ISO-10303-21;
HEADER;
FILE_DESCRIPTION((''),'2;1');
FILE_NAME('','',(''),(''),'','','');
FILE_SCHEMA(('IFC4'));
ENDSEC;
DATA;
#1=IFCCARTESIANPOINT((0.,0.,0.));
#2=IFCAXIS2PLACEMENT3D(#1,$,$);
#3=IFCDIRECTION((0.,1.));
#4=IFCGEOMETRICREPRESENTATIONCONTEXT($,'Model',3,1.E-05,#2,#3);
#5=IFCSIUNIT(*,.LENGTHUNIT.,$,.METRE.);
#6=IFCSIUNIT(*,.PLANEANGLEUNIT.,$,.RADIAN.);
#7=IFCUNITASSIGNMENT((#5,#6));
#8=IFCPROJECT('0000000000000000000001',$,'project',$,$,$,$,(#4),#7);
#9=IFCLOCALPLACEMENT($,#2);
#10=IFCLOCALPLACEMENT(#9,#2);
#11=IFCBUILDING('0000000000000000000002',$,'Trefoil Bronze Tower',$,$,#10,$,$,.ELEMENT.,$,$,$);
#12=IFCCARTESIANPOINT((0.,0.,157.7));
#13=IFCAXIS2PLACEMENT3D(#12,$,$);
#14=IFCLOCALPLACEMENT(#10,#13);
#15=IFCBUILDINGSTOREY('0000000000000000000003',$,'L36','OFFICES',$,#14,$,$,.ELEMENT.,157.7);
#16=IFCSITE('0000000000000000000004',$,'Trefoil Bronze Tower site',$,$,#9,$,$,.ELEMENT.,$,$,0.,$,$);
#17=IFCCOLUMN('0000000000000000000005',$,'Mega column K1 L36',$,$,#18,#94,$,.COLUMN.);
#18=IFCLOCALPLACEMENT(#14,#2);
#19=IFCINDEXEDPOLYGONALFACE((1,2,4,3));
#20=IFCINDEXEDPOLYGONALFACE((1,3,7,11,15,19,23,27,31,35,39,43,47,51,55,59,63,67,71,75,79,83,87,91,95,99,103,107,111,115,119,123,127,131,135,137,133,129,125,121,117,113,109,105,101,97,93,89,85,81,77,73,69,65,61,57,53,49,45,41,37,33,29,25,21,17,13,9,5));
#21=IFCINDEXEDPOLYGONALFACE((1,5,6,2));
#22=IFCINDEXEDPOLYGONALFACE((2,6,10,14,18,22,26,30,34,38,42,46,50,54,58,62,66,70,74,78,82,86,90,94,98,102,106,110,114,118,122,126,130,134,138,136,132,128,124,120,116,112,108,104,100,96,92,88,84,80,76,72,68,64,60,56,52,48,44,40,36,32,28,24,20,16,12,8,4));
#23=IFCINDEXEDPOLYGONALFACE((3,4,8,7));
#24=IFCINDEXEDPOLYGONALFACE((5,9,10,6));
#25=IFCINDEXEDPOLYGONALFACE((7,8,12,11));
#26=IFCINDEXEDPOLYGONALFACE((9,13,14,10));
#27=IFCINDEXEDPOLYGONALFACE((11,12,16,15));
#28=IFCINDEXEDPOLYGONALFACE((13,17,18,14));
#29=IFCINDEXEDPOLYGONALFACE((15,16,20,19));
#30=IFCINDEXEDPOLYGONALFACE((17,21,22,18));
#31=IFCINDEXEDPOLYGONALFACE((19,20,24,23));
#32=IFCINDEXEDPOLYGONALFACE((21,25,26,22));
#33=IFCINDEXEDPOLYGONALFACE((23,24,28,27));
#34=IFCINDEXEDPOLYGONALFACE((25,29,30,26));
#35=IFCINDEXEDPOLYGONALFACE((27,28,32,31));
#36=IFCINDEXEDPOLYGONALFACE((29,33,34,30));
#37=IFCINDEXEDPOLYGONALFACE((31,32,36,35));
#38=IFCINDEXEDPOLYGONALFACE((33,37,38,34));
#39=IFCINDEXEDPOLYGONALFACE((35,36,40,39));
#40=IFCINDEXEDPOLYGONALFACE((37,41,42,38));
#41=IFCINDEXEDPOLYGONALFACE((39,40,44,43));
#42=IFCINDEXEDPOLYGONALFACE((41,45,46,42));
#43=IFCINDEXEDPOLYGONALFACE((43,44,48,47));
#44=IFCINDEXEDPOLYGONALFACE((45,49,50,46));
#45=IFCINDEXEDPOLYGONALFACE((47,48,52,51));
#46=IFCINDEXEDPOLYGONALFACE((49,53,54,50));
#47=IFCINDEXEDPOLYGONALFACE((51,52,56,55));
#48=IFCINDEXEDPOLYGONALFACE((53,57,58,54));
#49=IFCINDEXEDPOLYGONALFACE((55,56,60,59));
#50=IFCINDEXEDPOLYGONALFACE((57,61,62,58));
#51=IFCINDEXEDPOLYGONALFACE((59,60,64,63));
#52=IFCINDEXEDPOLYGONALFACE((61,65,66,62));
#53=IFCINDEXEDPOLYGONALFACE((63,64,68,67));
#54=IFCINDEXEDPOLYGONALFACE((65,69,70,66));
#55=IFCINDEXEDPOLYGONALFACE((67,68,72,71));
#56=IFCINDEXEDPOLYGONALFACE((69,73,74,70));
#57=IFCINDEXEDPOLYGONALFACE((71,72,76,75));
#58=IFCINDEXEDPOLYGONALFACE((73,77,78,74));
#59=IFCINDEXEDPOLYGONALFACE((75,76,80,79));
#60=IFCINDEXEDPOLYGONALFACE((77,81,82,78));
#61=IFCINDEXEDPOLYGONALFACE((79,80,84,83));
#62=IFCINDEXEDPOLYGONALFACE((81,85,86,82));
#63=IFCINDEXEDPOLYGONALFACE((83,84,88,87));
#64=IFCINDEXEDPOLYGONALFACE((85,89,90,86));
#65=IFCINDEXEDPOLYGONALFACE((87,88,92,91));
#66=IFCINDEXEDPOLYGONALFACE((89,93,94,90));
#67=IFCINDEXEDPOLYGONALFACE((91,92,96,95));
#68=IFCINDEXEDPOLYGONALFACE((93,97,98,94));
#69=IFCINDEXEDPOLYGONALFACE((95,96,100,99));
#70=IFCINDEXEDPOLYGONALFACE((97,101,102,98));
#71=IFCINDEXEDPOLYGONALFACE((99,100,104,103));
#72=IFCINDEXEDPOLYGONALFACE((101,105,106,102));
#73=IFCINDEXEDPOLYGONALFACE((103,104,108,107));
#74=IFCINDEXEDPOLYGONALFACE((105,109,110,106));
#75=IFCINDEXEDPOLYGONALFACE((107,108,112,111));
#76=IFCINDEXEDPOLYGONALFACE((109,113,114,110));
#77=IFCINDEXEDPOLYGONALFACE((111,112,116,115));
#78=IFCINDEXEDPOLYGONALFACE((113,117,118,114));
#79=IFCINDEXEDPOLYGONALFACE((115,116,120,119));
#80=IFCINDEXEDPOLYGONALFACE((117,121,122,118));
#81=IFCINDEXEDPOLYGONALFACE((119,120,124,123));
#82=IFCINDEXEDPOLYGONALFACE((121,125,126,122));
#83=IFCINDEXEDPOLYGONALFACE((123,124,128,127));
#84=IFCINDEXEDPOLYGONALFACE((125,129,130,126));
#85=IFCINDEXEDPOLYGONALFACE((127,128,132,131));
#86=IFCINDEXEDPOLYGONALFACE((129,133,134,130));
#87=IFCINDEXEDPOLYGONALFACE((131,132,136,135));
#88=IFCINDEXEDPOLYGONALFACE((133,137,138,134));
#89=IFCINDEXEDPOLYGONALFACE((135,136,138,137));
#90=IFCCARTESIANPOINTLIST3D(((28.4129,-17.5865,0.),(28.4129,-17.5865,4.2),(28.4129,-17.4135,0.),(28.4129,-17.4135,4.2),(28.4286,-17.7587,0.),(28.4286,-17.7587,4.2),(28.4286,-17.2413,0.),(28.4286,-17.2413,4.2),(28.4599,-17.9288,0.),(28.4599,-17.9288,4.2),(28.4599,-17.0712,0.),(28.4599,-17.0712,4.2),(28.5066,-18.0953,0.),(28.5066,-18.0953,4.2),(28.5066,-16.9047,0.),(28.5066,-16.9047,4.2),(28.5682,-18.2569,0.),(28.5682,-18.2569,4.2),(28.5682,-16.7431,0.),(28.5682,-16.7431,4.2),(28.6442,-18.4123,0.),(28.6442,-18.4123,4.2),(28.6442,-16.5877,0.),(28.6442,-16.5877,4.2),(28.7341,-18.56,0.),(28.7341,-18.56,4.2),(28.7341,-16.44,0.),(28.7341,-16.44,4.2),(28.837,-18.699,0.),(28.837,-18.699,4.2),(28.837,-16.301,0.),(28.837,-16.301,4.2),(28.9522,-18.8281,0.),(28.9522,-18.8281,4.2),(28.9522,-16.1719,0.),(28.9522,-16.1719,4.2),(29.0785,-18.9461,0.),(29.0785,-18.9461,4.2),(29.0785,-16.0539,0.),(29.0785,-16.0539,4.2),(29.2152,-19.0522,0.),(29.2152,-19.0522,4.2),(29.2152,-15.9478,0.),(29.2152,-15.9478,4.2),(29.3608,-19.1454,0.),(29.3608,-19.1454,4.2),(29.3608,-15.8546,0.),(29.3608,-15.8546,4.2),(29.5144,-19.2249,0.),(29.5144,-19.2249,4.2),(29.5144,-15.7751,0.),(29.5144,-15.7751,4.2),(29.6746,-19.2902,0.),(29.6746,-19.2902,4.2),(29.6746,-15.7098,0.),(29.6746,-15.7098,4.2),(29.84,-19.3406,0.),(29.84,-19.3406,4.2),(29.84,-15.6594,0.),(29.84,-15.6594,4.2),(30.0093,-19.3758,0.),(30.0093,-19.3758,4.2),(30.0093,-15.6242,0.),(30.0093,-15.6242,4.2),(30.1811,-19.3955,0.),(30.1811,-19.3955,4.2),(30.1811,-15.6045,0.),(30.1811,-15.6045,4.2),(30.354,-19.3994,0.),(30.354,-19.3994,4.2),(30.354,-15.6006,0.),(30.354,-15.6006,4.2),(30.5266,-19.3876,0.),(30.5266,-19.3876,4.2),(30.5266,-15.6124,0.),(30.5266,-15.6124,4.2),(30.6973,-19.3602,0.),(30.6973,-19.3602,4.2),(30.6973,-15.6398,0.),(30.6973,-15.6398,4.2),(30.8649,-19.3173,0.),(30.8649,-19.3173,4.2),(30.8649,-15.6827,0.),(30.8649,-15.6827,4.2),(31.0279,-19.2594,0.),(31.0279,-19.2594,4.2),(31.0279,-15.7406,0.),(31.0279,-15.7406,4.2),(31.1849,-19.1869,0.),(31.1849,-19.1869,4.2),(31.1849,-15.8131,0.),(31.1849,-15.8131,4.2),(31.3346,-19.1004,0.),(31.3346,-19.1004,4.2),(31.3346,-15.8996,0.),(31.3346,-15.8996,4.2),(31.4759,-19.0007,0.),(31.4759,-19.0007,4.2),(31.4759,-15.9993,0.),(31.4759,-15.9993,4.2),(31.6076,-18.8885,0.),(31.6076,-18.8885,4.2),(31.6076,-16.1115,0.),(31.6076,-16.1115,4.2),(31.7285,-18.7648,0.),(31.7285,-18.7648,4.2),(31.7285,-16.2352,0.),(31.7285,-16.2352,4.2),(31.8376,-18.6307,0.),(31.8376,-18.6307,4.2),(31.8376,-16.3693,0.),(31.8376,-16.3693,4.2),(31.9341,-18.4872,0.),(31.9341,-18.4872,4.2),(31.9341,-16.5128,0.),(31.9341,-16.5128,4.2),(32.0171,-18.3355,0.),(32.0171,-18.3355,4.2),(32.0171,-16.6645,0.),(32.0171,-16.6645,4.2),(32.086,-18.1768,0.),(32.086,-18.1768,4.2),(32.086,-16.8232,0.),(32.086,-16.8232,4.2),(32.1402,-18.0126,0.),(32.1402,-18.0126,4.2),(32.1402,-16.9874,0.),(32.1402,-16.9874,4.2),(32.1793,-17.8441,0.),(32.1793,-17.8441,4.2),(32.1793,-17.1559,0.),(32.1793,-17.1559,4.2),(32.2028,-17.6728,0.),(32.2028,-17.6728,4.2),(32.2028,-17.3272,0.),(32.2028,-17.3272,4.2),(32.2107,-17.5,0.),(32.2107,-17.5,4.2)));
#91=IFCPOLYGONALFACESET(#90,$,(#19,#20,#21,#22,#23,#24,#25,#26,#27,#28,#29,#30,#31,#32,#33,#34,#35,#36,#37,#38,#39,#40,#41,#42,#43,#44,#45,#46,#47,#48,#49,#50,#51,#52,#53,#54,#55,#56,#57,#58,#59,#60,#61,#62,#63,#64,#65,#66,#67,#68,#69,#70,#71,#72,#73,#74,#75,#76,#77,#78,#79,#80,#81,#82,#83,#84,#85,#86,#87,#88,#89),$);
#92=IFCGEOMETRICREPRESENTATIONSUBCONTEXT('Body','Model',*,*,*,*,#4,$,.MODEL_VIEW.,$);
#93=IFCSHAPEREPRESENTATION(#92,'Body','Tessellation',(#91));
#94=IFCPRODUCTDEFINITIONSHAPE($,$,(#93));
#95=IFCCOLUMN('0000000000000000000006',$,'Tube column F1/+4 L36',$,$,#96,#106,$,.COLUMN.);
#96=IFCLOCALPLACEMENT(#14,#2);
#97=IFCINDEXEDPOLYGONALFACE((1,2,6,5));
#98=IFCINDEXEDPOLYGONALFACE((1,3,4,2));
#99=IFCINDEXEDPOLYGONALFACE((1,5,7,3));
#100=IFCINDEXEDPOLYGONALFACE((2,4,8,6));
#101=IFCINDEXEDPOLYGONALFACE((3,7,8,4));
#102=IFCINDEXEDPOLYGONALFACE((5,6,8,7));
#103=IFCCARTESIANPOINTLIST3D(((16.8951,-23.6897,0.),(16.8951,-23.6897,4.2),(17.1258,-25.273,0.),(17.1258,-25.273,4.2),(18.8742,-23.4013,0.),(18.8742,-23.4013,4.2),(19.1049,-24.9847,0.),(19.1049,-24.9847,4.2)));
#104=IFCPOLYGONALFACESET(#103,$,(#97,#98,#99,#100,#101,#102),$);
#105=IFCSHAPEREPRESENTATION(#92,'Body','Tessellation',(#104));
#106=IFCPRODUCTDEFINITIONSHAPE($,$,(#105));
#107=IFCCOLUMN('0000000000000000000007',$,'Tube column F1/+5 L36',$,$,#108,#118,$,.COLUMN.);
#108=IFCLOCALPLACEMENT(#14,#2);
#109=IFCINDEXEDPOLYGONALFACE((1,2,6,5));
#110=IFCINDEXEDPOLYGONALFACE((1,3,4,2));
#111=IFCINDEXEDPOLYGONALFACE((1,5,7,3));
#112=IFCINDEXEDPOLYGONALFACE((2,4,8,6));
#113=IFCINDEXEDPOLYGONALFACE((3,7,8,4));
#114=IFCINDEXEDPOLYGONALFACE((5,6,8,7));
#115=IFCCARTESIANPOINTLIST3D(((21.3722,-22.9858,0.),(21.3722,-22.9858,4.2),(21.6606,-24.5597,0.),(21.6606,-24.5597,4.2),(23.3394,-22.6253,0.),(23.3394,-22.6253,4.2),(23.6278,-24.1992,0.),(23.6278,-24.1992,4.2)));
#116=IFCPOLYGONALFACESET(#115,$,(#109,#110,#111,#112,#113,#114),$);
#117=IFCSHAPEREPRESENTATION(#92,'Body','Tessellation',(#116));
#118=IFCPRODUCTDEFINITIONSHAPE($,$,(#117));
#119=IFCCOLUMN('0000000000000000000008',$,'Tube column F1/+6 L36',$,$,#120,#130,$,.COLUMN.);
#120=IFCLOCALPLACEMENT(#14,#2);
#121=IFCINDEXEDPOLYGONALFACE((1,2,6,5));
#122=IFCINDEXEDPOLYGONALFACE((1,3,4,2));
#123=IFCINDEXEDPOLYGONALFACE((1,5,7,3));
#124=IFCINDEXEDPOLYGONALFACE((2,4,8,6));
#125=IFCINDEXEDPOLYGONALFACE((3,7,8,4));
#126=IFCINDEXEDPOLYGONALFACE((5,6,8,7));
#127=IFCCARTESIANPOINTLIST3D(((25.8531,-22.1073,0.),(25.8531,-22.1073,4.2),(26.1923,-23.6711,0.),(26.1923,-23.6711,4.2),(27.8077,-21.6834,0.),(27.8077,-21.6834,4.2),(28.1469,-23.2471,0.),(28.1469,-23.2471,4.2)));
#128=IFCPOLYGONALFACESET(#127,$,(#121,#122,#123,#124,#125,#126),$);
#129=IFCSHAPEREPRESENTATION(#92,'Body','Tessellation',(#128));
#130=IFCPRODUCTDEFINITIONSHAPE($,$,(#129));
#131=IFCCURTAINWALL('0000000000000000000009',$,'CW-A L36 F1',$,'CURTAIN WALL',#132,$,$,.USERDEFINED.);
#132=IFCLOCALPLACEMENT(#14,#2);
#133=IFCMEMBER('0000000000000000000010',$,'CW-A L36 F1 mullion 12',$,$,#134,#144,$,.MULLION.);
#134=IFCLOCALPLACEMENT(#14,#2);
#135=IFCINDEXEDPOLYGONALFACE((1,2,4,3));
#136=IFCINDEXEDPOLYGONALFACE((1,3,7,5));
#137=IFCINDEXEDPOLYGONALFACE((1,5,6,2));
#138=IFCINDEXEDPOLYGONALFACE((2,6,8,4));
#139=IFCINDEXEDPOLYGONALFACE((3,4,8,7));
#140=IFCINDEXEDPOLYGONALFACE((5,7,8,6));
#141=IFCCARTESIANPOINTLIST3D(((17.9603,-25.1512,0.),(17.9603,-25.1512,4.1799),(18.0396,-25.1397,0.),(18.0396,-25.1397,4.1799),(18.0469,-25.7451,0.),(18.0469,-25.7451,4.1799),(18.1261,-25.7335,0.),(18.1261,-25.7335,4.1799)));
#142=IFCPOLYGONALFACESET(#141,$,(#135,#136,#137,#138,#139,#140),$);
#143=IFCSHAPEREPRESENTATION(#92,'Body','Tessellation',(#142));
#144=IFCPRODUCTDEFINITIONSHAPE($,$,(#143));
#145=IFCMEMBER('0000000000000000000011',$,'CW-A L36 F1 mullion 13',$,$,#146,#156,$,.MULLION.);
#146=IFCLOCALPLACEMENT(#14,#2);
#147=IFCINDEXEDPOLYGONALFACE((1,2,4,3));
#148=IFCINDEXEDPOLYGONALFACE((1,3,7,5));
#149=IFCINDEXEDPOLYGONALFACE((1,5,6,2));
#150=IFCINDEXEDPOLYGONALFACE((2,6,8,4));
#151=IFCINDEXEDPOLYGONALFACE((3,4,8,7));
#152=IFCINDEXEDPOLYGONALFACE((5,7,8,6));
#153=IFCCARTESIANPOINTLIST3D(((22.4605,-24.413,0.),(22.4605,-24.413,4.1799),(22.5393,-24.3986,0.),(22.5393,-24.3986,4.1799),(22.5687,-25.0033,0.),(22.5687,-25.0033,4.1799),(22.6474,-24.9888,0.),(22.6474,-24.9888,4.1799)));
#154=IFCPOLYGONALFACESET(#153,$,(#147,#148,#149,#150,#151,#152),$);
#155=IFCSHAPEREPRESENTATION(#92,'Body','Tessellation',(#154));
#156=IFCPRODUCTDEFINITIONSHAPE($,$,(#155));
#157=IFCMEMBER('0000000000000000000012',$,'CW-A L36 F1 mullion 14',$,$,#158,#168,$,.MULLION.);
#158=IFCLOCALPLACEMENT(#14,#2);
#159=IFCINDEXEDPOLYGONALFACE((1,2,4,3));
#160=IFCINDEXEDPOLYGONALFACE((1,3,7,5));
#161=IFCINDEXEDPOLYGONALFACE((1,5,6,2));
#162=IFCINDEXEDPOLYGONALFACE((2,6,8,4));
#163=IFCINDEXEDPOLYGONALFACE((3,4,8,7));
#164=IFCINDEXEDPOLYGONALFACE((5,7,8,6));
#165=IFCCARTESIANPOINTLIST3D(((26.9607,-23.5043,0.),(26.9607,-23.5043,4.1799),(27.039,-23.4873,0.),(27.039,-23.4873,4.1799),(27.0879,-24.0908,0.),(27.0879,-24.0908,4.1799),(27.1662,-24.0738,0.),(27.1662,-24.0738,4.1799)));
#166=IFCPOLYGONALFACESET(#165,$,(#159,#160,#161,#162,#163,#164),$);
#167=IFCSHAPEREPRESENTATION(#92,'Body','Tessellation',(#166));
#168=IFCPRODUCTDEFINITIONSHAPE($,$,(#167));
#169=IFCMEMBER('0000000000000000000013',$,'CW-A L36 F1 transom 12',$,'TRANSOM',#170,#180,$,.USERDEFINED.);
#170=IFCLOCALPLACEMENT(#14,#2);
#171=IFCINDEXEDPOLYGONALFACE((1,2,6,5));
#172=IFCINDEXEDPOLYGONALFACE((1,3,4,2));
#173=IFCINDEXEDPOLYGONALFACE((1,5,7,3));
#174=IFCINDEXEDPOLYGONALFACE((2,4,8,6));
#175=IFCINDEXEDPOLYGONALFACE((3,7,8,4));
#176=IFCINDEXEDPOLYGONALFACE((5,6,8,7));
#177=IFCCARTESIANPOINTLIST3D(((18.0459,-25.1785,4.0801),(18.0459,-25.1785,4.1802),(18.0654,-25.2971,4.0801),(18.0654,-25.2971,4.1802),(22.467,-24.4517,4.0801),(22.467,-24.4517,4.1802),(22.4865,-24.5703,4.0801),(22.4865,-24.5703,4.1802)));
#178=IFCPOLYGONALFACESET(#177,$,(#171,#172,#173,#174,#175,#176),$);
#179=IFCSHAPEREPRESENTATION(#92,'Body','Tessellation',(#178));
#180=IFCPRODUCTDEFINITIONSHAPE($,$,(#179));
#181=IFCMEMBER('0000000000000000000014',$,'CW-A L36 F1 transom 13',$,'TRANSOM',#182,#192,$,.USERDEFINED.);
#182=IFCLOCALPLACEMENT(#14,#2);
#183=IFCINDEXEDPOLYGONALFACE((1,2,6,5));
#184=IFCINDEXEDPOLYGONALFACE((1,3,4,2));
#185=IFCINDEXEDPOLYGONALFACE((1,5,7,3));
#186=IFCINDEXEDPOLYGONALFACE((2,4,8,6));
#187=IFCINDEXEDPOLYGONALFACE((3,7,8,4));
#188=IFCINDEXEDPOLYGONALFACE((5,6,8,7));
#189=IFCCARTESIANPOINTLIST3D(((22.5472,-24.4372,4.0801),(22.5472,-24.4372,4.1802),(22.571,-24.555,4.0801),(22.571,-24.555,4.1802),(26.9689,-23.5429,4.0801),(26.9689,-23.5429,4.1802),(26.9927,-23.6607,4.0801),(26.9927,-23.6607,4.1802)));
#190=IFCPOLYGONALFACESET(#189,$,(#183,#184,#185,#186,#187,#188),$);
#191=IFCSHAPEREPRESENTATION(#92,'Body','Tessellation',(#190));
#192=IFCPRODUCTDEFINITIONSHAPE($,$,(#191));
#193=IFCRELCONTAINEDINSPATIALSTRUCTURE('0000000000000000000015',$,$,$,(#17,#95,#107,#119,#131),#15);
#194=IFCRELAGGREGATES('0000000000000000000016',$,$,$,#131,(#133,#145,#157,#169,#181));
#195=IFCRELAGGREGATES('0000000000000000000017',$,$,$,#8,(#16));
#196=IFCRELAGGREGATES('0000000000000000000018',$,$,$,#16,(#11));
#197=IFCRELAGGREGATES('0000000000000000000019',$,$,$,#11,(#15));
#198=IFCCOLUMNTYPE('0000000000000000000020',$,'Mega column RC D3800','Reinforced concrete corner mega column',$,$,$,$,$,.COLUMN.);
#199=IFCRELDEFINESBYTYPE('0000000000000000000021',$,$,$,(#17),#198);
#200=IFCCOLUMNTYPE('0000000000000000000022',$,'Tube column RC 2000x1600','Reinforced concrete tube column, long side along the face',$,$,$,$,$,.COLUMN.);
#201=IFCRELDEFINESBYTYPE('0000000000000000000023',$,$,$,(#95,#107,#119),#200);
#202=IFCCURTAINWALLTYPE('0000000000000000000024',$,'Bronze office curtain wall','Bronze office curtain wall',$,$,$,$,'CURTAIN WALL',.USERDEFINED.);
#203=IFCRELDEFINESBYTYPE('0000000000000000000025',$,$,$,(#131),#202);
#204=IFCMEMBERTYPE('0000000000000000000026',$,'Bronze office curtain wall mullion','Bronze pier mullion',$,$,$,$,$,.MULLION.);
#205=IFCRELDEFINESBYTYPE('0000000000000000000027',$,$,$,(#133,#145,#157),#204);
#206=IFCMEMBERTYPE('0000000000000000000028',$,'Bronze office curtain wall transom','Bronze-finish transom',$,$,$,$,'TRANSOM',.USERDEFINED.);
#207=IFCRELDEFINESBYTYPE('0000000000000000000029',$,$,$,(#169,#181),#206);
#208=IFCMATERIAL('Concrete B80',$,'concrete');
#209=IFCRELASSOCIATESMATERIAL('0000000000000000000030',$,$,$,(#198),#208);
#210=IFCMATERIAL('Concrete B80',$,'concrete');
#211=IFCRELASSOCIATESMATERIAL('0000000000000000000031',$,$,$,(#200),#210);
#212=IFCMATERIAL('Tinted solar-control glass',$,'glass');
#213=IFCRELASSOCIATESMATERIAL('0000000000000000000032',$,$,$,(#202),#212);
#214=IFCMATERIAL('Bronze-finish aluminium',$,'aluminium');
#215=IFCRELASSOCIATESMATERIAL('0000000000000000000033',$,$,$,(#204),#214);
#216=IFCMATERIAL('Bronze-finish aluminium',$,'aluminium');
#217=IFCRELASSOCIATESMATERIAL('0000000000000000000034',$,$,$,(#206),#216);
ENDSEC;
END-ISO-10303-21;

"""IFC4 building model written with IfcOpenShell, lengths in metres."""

from ifc_helpers import new_model, si_unit, direction, frame, origin, origin_2d, place, context, subcontext, project, spatial, rectangle, circle, extrude, material, material_profile, profile_set, type_object, element, aggregate, save


model = new_model("IFC4")

# Units and contexts
model_context = context("Model", 3, precision=1e-05, world=origin(), true_north=direction((0.0, 1.0)))
body_context = subcontext(model_context, "Body", "Model", "MODEL_VIEW")
ifc_project = project(units=[si_unit("LENGTHUNIT", "METRE"), si_unit("PLANEANGLEUNIT", "RADIAN")], contexts=[model_context])

# Site, building, storey
site_placement = place(None, origin())
site = spatial("IfcSite", under=ifc_project, at=site_placement, Name="Trefoil Bronze Tower site", CompositionType="ELEMENT", RefElevation=0.0)
building_placement = place(site_placement, origin())
building = spatial("IfcBuilding", under=site, at=building_placement, Name="Trefoil Bronze Tower", CompositionType="ELEMENT")
storey_placement = place(building_placement, frame((0.0, 0.0, 157.7)))
storey = spatial("IfcBuildingStorey", under=building, at=storey_placement, Name="L36", Description="OFFICES", CompositionType="ELEMENT", Elevation=157.7)

# Columns
ifc_material_1 = material(Name="Concrete B80", Category="concrete")
ifc_material_profile_1 = material_profile(ifc_material_1, circle(Radius=1.8999, at=origin_2d()), Name="RC D3800")
ifc_profile_set_1 = profile_set([ifc_material_profile_1], Name="Concrete B80")
column_type_1 = type_object("IfcColumnType", Name="Mega column RC D3800", Description="Reinforced concrete corner mega column", PredefinedType="COLUMN", material=ifc_profile_set_1)
column_placement = place(storey_placement, frame((30.3108, -17.5, 0.0), z_axis=(0.0, 0.0, 1.0), x_axis=(1.0, 0.0, 0.0)))
element("IfcColumn", 1, at=column_placement, inside=storey, type_object=column_type_1, Name="Mega column K1 L36", PredefinedType="COLUMN", context=body_context, shape_type="SweptSolid", body=[
    extrude(circle(Radius=1.8999, at=origin_2d()), origin(), (0.0, 0.0, 1.0), 4.2),
])
ifc_material_2 = material(Name="Concrete B80", Category="concrete")
ifc_material_profile_2 = material_profile(ifc_material_2, rectangle(XDim=2.0, YDim=1.6001, at=origin_2d()), Name="RC 2000x1600")
ifc_profile_set_2 = profile_set([ifc_material_profile_2], Name="Concrete B80")
column_type_2 = type_object("IfcColumnType", Name="Tube column RC 2000x1600", Description="Reinforced concrete tube column, long side along the face", PredefinedType="COLUMN", material=ifc_profile_set_2)
for number, where, z_axis, x_axis, name in (
    (2, (18.0, -24.3372, 0.0), (0.0, 0.0, 1.0), (0.98955, 0.144192, 0.0), "Tube column F1/+4 L36"),
    (3, (22.5, -23.5925, 0.0), (0.0, 0.0, 1.0), (0.983623, 0.180241, 0.0), "Tube column F1/+5 L36"),
    (4, (27.0, -22.6772, 0.0), (0.0, 0.0, 1.0), (0.977276, 0.21197, 0.0), "Tube column F1/+6 L36"),
):
    element("IfcColumn", number, at=place(storey_placement, frame(where, z_axis=z_axis, x_axis=x_axis)), inside=storey, type_object=column_type_2, Name=name, PredefinedType="COLUMN", context=body_context, shape_type="SweptSolid", body=[
        extrude(rectangle(XDim=2.0, YDim=1.6001, at=origin_2d()), origin(), (0.0, 0.0, 1.0), 4.2),
    ])

# Curtain wall, members
ifc_material_3 = material(Name="Tinted solar-control glass", Category="glass")
curtain_wall_type_1 = type_object("IfcCurtainWallType", Name="Bronze office curtain wall", Description="Bronze office curtain wall", ElementType="CURTAIN WALL", PredefinedType="USERDEFINED", material=ifc_material_3)
curtain_wall_1_placement = place(storey_placement, origin())
curtain_wall_1 = element("IfcCurtainWall", 5, at=curtain_wall_1_placement, inside=storey, type_object=curtain_wall_type_1, Name="CW-A L36 F1", ObjectType="CURTAIN WALL", PredefinedType="USERDEFINED")
ifc_material_4 = material(Name="Bronze-finish aluminium", Category="aluminium")
ifc_material_profile_3 = material_profile(ifc_material_4, rectangle(XDim=0.6001, YDim=0.0801, at=origin_2d()), Name="CW-A mullion")
ifc_profile_set_3 = profile_set([ifc_material_profile_3], Name="Bronze-finish aluminium")
member_type_1 = type_object("IfcMemberType", Name="Bronze office curtain wall mullion", Description="Bronze pier mullion", PredefinedType="MULLION", material=ifc_profile_set_3)
member_1_placement = place(storey_placement, frame((18.0432, -25.4424, 0.0), z_axis=(0.0, 0.0, 1.0), x_axis=(-0.144192, 0.98955, 0.0)))
member_1 = element("IfcMember", 6, at=member_1_placement, type_object=member_type_1, Name="CW-A L36 F1 mullion 12", PredefinedType="MULLION", context=body_context, shape_type="SweptSolid", body=[
    extrude(rectangle(XDim=0.6001, YDim=0.0801, at=origin_2d()), origin(), (0.0, 0.0, 1.0), 4.1799),
])
member_2_placement = place(storey_placement, frame((22.554, -24.7009, 0.0), z_axis=(0.0, 0.0, 1.0), x_axis=(-0.180241, 0.983623, 0.0)))
member_2 = element("IfcMember", 7, at=member_2_placement, type_object=member_type_1, Name="CW-A L36 F1 mullion 13", PredefinedType="MULLION", context=body_context, shape_type="SweptSolid", body=[
    extrude(rectangle(XDim=0.6001, YDim=0.0801, at=origin_2d()), origin(), (0.0, 0.0, 1.0), 4.1799),
])
member_3_placement = place(storey_placement, frame((27.0635, -23.7891, 0.0), z_axis=(0.0, 0.0, 1.0), x_axis=(-0.21197, 0.977276, 0.0)))
member_3 = element("IfcMember", 8, at=member_3_placement, type_object=member_type_1, Name="CW-A L36 F1 mullion 14", PredefinedType="MULLION", context=body_context, shape_type="SweptSolid", body=[
    extrude(rectangle(XDim=0.6001, YDim=0.0801, at=origin_2d()), origin(), (0.0, 0.0, 1.0), 4.1799),
])
ifc_material_5 = material(Name="Bronze-finish aluminium", Category="aluminium")
ifc_material_profile_4 = material_profile(ifc_material_5, rectangle(XDim=0.1201, YDim=0.1001, at=origin_2d()), Name="CW-A transom")
ifc_profile_set_4 = profile_set([ifc_material_profile_4], Name="Bronze-finish aluminium")
member_type_2 = type_object("IfcMemberType", Name="Bronze office curtain wall transom", Description="Bronze-finish transom", ElementType="TRANSOM", PredefinedType="USERDEFINED", material=ifc_profile_set_4)
member_4_placement = place(storey_placement, frame((18.0557, -25.2378, 4.1301), z_axis=(0.986755, 0.162216, 0.0), x_axis=(-0.162216, 0.986755, 0.0)))
member_4 = element("IfcMember", 9, at=member_4_placement, type_object=member_type_2, Name="CW-A L36 F1 transom 12", ObjectType="TRANSOM", PredefinedType="USERDEFINED", context=body_context, shape_type="SweptSolid", body=[
    extrude(rectangle(XDim=0.1201, YDim=0.1001, at=origin_2d()), origin(), (0.0, 0.0, 1.0), 4.4805),
])
member_5_placement = place(storey_placement, frame((22.5591, -24.4961, 4.1301), z_axis=(0.980154, 0.198239, 0.0), x_axis=(-0.198239, 0.980154, 0.0)))
member_5 = element("IfcMember", 10, at=member_5_placement, type_object=member_type_2, Name="CW-A L36 F1 transom 13", ObjectType="TRANSOM", PredefinedType="USERDEFINED", context=body_context, shape_type="SweptSolid", body=[
    extrude(rectangle(XDim=0.1201, YDim=0.1001, at=origin_2d()), origin(), (0.0, 0.0, 1.0), 4.5112),
])

aggregate(curtain_wall_1, [member_1, member_2, member_3, member_4, member_5])

save(model, "model.ifc")
